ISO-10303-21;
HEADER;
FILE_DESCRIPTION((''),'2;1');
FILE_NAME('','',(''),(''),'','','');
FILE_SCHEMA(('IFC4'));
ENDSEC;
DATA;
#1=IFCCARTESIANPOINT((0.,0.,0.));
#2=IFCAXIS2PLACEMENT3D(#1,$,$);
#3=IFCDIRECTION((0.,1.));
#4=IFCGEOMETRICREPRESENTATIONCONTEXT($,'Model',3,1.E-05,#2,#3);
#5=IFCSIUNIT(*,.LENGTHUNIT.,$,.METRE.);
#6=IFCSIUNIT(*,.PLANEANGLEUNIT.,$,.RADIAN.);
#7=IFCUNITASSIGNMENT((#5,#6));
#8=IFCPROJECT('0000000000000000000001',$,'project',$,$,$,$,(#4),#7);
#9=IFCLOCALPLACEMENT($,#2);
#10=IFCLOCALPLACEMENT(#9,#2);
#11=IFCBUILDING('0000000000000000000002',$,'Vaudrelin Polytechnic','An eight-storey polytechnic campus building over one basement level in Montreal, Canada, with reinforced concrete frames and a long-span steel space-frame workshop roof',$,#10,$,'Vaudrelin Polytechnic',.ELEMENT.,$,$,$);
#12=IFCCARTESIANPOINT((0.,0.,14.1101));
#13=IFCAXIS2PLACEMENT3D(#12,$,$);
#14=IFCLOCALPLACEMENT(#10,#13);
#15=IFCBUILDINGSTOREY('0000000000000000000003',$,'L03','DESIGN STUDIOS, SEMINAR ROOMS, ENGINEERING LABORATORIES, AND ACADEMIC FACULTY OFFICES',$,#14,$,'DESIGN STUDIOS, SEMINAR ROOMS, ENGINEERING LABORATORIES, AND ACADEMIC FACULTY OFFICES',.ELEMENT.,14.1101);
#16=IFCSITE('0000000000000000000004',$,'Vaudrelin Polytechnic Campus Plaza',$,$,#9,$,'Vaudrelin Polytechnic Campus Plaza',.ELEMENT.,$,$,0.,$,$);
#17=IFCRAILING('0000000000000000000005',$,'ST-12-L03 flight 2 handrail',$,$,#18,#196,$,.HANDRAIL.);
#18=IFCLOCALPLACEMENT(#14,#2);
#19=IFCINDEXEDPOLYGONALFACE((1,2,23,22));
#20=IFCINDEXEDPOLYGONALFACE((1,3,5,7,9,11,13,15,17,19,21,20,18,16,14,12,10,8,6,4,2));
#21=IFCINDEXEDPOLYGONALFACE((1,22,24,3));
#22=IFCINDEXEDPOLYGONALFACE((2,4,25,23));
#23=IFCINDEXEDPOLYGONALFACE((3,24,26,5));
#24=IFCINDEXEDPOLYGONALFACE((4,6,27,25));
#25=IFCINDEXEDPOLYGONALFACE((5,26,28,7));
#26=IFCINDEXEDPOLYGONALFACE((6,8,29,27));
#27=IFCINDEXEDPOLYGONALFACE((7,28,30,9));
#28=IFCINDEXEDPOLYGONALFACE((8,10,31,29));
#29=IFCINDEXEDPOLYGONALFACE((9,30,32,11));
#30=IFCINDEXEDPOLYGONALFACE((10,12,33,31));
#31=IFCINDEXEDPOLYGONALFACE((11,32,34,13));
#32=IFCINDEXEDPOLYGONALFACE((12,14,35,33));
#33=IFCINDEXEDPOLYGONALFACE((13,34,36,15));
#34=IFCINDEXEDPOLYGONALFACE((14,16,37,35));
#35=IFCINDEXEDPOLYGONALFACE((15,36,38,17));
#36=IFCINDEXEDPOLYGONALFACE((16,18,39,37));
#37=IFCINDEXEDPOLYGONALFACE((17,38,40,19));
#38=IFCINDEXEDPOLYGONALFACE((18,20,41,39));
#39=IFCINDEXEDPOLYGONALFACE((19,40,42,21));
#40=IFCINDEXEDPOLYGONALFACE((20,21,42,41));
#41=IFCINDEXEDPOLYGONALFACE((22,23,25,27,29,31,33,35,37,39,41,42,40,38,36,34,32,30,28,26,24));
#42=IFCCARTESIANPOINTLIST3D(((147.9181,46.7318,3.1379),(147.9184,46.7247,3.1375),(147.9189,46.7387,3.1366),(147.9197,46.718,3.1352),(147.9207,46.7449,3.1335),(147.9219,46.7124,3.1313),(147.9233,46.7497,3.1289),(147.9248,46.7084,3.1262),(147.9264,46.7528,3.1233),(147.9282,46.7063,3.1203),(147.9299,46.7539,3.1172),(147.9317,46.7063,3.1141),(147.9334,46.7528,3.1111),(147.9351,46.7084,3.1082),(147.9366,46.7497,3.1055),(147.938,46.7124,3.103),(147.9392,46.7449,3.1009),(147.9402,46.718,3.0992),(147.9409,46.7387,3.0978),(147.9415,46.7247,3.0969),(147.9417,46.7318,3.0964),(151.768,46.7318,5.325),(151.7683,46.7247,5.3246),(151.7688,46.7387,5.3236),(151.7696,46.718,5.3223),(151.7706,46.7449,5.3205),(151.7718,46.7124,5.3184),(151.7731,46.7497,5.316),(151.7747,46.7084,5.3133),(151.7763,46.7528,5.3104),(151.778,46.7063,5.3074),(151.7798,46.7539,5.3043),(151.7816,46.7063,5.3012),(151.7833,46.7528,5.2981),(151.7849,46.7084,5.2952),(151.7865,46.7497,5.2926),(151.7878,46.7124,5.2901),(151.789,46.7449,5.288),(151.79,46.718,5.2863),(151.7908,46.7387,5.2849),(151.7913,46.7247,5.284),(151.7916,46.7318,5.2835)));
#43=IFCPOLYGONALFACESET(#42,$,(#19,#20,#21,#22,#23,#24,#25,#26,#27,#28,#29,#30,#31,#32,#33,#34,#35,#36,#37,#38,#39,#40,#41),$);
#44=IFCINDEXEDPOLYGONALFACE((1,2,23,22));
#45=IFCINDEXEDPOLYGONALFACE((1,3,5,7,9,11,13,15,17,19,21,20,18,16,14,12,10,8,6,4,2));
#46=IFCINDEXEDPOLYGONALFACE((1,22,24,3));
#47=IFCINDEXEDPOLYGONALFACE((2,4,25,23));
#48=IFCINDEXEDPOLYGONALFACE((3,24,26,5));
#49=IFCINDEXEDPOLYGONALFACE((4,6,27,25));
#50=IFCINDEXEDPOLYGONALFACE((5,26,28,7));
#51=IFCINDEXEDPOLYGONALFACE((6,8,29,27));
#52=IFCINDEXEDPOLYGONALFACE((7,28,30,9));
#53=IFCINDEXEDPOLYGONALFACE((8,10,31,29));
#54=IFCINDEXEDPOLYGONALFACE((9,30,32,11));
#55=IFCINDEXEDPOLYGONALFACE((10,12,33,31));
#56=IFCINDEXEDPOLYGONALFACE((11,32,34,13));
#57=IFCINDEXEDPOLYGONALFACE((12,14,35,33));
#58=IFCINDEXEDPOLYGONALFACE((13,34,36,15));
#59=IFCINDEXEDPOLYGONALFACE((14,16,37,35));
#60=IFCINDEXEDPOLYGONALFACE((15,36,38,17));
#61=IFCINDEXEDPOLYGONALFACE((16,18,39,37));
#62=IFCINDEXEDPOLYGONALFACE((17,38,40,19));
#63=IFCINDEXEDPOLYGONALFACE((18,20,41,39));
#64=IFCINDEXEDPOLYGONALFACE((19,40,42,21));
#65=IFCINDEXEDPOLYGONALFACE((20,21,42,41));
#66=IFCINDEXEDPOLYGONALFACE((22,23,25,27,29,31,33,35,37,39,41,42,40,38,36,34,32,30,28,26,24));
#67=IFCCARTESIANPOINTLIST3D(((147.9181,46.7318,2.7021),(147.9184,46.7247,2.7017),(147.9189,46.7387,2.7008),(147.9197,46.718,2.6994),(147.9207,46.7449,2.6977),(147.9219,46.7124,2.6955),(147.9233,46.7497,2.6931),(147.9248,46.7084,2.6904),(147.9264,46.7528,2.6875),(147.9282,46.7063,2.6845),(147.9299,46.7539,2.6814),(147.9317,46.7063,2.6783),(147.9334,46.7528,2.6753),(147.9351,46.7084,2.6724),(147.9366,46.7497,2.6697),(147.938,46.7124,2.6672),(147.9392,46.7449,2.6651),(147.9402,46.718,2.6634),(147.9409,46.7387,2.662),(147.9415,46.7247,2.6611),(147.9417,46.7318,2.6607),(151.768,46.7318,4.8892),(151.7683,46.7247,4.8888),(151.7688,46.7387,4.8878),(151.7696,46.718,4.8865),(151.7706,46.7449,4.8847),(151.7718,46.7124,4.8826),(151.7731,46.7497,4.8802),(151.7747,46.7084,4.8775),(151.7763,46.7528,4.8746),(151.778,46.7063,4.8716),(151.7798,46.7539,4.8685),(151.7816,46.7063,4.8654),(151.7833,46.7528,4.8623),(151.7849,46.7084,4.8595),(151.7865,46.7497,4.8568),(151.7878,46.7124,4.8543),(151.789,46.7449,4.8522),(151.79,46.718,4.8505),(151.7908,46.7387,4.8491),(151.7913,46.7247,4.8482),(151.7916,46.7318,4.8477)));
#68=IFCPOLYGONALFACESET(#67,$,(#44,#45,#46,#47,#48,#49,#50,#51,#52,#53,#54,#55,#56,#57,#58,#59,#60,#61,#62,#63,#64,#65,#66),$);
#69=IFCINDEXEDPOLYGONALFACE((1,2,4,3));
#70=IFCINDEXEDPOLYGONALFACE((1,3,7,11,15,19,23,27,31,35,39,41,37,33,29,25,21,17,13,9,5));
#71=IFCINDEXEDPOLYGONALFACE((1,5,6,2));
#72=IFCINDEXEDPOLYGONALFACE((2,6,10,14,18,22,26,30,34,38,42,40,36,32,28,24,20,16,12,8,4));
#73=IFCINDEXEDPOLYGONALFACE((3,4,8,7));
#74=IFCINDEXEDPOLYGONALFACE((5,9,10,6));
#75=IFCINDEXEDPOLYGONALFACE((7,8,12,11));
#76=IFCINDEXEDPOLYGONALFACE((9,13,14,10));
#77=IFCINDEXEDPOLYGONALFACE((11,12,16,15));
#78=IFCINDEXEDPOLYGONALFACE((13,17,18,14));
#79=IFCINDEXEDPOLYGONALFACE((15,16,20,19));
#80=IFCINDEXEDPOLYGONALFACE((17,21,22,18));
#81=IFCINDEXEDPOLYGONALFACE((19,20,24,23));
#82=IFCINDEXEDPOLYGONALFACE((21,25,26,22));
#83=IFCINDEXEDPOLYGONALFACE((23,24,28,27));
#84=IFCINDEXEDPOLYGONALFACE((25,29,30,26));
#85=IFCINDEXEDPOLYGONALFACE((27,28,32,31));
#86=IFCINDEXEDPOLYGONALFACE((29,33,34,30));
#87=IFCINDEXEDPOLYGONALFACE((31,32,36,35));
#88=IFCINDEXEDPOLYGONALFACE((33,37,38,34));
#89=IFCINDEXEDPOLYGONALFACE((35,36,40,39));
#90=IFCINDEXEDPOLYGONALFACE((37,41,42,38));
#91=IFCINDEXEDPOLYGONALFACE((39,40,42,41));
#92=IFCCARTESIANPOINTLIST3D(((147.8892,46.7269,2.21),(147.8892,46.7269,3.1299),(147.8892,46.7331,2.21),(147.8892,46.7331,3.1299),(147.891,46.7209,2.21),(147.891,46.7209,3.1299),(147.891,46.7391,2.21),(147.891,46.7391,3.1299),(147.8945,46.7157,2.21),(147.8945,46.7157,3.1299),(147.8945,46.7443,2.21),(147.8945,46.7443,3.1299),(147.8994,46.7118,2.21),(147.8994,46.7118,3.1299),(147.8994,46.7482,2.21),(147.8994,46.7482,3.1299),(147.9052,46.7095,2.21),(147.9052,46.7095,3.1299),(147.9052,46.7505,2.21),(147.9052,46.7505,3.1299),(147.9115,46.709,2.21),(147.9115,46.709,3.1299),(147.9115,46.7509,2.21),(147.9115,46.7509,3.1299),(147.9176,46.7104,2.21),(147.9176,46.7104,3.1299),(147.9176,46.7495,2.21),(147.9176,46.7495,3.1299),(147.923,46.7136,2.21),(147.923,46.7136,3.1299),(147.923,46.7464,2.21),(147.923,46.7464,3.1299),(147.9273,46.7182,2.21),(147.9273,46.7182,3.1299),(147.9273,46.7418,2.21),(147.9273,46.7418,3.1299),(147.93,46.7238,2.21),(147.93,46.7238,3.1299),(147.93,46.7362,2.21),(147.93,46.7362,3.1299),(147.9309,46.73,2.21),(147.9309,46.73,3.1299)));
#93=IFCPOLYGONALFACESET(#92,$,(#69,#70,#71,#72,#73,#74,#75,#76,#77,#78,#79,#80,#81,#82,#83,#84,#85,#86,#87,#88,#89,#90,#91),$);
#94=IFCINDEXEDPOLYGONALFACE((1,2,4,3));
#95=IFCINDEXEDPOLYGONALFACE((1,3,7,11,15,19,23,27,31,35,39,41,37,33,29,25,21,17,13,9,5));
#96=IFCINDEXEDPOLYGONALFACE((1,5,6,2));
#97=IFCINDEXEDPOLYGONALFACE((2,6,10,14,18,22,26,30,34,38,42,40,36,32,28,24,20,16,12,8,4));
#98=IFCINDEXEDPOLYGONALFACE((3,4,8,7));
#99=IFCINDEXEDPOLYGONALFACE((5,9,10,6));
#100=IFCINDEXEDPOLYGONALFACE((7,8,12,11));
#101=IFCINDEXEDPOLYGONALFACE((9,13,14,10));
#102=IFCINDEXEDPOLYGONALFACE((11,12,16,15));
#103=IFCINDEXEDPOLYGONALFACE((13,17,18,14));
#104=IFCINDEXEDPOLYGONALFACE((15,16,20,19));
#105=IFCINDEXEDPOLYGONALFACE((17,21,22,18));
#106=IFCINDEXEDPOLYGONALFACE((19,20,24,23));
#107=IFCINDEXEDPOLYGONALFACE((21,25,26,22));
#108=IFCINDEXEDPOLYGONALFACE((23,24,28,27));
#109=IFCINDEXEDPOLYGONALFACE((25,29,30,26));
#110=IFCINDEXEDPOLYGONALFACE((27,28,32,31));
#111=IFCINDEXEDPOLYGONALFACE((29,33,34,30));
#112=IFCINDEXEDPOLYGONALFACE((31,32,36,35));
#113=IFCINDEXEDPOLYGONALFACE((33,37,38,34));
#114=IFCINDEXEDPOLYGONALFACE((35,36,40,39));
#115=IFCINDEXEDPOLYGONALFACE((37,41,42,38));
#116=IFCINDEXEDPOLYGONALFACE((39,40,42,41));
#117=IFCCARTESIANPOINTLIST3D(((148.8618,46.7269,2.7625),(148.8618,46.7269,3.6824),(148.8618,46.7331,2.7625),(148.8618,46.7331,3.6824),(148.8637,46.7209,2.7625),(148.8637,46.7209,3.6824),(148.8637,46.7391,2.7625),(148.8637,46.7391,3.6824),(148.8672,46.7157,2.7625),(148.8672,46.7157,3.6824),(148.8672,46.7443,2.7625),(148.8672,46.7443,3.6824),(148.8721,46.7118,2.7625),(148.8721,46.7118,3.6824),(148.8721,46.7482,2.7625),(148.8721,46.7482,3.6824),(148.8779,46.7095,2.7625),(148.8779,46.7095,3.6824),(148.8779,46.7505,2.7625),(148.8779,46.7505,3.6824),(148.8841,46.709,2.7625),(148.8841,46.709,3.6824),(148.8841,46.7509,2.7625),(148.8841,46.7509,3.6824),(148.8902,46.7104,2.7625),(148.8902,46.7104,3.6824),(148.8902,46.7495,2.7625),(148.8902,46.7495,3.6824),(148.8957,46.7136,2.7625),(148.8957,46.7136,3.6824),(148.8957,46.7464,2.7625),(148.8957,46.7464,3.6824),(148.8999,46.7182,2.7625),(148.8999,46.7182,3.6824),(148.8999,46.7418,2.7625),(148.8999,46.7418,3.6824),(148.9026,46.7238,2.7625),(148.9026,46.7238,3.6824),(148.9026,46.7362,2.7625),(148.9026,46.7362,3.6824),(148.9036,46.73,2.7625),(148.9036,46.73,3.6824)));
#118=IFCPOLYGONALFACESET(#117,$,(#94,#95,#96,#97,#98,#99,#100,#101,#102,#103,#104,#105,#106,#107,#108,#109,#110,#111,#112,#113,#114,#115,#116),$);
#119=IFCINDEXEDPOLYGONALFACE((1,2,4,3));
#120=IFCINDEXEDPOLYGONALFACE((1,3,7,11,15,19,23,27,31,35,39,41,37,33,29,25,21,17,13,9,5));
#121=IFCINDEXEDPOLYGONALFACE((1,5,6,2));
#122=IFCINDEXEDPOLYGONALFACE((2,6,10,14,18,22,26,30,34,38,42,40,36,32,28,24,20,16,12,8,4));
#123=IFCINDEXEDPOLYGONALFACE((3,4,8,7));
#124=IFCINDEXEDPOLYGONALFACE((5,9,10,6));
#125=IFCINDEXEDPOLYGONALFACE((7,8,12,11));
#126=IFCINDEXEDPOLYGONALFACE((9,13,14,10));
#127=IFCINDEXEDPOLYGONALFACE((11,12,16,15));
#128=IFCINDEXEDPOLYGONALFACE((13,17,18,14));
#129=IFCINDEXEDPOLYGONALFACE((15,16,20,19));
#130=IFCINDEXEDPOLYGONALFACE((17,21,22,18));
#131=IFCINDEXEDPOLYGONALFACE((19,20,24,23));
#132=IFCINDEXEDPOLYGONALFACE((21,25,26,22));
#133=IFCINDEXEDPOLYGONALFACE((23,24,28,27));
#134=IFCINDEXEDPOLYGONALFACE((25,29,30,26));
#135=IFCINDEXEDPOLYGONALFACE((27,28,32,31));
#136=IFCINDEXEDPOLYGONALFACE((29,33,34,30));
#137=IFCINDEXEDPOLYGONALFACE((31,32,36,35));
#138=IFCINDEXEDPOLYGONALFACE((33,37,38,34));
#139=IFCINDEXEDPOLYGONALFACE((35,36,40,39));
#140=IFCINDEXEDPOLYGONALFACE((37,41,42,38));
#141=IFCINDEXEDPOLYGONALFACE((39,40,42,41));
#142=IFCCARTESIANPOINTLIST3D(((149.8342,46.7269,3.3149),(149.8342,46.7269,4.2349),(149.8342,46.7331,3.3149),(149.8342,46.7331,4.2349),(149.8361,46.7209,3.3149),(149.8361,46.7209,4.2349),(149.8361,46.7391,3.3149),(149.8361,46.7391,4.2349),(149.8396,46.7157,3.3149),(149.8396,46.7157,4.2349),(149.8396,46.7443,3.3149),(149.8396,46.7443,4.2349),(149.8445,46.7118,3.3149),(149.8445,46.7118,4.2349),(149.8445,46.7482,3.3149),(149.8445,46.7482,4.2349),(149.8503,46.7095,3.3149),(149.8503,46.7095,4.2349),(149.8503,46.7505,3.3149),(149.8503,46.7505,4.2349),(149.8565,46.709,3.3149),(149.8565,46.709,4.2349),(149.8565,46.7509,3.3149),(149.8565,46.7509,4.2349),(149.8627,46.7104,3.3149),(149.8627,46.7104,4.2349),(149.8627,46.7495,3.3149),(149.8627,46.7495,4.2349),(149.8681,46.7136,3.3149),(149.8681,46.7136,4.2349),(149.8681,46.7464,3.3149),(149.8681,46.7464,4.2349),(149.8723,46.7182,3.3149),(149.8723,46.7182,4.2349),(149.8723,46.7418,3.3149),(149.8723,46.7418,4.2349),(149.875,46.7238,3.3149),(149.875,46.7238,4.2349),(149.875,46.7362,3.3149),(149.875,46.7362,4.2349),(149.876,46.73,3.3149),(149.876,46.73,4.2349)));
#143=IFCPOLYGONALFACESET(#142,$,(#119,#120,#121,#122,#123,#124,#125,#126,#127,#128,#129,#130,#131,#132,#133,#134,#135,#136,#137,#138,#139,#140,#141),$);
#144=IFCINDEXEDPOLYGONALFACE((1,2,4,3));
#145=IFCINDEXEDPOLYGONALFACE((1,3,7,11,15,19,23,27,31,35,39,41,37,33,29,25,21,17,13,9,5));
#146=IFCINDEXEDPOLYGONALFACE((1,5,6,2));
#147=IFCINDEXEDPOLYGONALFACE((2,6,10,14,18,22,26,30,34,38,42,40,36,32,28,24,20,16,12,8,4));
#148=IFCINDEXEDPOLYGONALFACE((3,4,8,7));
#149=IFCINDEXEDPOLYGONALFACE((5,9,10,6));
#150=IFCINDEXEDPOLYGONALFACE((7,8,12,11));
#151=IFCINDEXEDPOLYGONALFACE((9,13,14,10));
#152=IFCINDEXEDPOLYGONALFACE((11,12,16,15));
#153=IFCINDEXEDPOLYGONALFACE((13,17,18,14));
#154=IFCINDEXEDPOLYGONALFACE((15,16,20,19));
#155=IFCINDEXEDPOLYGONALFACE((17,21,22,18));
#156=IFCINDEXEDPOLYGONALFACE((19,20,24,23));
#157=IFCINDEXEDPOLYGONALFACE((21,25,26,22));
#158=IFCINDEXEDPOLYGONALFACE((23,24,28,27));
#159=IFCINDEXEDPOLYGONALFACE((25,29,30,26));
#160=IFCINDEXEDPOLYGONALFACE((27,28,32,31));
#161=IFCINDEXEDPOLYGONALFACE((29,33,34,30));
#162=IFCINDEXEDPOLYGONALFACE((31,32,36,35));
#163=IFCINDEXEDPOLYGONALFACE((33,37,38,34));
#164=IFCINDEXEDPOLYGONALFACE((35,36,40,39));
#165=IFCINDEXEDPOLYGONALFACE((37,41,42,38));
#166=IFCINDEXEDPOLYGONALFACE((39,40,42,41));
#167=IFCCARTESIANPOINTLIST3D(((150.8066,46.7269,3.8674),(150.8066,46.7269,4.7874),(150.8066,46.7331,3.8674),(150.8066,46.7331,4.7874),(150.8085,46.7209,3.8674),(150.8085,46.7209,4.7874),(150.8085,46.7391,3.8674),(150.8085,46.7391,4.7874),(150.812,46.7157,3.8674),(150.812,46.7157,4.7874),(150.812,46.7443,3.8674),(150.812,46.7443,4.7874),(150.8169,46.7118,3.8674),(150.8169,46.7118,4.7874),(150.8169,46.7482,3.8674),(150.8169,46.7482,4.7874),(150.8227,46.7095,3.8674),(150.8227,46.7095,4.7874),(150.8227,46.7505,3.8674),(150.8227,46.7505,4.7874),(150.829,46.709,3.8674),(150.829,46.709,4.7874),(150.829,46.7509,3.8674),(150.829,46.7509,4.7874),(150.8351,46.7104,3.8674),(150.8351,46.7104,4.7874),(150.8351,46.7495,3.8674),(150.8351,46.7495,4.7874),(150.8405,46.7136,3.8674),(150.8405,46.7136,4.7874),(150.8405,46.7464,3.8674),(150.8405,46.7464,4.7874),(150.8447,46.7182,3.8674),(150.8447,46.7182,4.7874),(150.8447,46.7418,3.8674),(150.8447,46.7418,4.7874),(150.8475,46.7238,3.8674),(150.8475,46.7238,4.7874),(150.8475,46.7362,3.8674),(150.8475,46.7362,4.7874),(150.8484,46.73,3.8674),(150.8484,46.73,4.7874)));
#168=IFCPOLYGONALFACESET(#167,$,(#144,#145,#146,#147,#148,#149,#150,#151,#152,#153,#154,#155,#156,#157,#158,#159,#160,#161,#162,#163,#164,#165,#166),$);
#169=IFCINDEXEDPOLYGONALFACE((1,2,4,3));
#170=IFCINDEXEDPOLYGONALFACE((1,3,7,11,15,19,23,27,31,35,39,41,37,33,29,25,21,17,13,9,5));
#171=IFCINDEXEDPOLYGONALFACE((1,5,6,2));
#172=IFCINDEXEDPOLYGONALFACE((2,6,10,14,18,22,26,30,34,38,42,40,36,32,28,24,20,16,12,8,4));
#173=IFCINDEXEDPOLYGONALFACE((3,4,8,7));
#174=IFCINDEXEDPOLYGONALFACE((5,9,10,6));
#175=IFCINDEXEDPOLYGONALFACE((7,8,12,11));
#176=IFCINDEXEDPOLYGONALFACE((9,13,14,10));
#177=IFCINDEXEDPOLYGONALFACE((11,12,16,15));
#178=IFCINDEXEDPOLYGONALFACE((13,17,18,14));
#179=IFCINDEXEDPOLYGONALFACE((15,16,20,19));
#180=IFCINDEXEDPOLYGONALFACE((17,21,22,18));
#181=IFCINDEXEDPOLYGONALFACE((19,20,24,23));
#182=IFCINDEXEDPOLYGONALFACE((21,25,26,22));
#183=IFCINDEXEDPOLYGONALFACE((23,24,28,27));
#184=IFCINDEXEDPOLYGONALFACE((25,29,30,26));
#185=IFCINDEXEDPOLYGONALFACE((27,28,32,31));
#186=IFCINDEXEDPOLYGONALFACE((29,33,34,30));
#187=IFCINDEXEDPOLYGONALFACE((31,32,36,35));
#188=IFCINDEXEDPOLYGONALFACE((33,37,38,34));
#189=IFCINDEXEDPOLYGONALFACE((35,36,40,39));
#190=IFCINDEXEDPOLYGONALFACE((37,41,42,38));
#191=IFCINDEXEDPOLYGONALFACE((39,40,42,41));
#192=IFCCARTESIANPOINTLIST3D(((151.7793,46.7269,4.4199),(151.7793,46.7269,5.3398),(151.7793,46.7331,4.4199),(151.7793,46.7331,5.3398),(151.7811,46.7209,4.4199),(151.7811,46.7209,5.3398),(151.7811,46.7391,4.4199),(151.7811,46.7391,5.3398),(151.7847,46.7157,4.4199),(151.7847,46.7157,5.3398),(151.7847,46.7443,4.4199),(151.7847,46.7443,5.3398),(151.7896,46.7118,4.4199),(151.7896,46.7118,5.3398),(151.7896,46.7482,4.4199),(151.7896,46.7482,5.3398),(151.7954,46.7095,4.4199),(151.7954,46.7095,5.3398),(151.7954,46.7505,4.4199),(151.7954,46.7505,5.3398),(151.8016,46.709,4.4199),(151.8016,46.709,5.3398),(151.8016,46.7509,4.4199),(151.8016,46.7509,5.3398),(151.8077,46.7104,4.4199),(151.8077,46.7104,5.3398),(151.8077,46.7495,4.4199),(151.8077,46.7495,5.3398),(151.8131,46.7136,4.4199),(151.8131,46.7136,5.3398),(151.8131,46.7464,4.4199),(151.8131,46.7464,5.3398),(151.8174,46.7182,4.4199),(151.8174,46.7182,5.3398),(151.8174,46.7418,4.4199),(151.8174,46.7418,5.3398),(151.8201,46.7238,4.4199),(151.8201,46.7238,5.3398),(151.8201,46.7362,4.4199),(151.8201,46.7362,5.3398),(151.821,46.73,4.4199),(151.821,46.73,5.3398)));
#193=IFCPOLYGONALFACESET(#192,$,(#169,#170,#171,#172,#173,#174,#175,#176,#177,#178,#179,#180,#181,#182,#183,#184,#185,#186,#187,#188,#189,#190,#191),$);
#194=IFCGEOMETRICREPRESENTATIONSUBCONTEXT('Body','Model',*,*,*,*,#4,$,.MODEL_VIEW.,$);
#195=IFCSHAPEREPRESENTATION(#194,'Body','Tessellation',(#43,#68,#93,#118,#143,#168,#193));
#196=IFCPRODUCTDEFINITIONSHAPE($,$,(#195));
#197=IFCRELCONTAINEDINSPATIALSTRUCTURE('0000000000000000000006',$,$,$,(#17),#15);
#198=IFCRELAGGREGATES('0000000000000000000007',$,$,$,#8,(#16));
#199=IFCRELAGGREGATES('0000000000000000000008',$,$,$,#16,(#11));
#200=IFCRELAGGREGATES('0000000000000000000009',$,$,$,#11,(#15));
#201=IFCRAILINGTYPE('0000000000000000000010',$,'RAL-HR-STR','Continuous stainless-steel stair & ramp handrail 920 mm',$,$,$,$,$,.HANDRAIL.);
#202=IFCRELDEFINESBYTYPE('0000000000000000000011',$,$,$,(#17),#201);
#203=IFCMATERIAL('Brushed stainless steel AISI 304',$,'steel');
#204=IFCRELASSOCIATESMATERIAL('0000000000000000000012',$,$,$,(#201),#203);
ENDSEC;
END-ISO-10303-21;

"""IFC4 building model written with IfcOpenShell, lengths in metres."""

from ifc_helpers import new_model, si_unit, direction, frame, origin, origin_2d, place, context, subcontext, project, spatial, circle, extrude, material, type_object, element, save


model = new_model("IFC4")

# Units and contexts
model_context = context("Model", 3, precision=1e-05, world=origin(), true_north=direction((0.0, 1.0)))
body_context = subcontext(model_context, "Body", "Model", "MODEL_VIEW")
ifc_project = project(units=[si_unit("LENGTHUNIT", "METRE"), si_unit("PLANEANGLEUNIT", "RADIAN")], contexts=[model_context])

# Site, building, storey
site_placement = place(None, origin())
site = spatial("IfcSite", under=ifc_project, at=site_placement, Name="Vaudrelin Polytechnic Campus Plaza", LongName="Vaudrelin Polytechnic Campus Plaza", CompositionType="ELEMENT", RefElevation=0.0)
building_placement = place(site_placement, origin())
building = spatial("IfcBuilding", under=site, at=building_placement, Name="Vaudrelin Polytechnic", Description="An eight-storey polytechnic campus building over one basement level in Montreal, Canada, with reinforced concrete frames and a long-span steel space-frame workshop roof", LongName="Vaudrelin Polytechnic", CompositionType="ELEMENT")
storey_placement = place(building_placement, frame((0.0, 0.0, 14.1101)))
storey = spatial("IfcBuildingStorey", under=building, at=storey_placement, Name="L03", Description="DESIGN STUDIOS, SEMINAR ROOMS, ENGINEERING LABORATORIES, AND ACADEMIC FACULTY OFFICES", LongName="DESIGN STUDIOS, SEMINAR ROOMS, ENGINEERING LABORATORIES, AND ACADEMIC FACULTY OFFICES", CompositionType="ELEMENT", Elevation=14.1101)

# Railing
ifc_material_1 = material(Name="Brushed stainless steel AISI 304", Category="steel")
railing_type_1 = type_object("IfcRailingType", Name="RAL-HR-STR", Description="Continuous stainless-steel stair & ramp handrail 920 mm", PredefinedType="HANDRAIL", material=ifc_material_1)
railing_1_placement = place(storey_placement, frame((147.9099, 46.73, 2.21)))
element("IfcRailing", 1, at=railing_1_placement, inside=storey, type_object=railing_type_1, Name="ST-12-L03 flight 2 handrail", PredefinedType="HANDRAIL", context=body_context, shape_type="SweptSolid", body=[
    extrude(circle(Radius=0.0239, at=origin_2d()), frame((0.02, 0.0, 0.9072), z_axis=(0.86949, 0.0, 0.493951), x_axis=(0.0, 1.0, 0.0)), (0.0, 0.0, 1.0), 4.4277),
    extrude(circle(Radius=0.0239, at=origin_2d()), frame((0.02, 0.0, 0.4714), z_axis=(0.86949, 0.0, 0.493951), x_axis=(0.0, 1.0, 0.0)), (0.0, 0.0, 1.0), 4.4277),
    extrude(circle(Radius=0.021, at=origin_2d()), origin(), (0.0, 0.0, 1.0), 0.9199),
    extrude(circle(Radius=0.021, at=origin_2d()), frame((0.9727, 0.0, 0.5525)), (0.0, 0.0, 1.0), 0.9199),
    extrude(circle(Radius=0.021, at=origin_2d()), frame((1.9451, 0.0, 1.105)), (0.0, 0.0, 1.0), 0.9199),
    extrude(circle(Radius=0.021, at=origin_2d()), frame((2.9175, 0.0, 1.6575)), (0.0, 0.0, 1.0), 0.9199),
    extrude(circle(Radius=0.021, at=origin_2d()), frame((3.8901, 0.0, 2.21)), (0.0, 0.0, 1.0), 0.9199),
])

save(model, "model.ifc")
